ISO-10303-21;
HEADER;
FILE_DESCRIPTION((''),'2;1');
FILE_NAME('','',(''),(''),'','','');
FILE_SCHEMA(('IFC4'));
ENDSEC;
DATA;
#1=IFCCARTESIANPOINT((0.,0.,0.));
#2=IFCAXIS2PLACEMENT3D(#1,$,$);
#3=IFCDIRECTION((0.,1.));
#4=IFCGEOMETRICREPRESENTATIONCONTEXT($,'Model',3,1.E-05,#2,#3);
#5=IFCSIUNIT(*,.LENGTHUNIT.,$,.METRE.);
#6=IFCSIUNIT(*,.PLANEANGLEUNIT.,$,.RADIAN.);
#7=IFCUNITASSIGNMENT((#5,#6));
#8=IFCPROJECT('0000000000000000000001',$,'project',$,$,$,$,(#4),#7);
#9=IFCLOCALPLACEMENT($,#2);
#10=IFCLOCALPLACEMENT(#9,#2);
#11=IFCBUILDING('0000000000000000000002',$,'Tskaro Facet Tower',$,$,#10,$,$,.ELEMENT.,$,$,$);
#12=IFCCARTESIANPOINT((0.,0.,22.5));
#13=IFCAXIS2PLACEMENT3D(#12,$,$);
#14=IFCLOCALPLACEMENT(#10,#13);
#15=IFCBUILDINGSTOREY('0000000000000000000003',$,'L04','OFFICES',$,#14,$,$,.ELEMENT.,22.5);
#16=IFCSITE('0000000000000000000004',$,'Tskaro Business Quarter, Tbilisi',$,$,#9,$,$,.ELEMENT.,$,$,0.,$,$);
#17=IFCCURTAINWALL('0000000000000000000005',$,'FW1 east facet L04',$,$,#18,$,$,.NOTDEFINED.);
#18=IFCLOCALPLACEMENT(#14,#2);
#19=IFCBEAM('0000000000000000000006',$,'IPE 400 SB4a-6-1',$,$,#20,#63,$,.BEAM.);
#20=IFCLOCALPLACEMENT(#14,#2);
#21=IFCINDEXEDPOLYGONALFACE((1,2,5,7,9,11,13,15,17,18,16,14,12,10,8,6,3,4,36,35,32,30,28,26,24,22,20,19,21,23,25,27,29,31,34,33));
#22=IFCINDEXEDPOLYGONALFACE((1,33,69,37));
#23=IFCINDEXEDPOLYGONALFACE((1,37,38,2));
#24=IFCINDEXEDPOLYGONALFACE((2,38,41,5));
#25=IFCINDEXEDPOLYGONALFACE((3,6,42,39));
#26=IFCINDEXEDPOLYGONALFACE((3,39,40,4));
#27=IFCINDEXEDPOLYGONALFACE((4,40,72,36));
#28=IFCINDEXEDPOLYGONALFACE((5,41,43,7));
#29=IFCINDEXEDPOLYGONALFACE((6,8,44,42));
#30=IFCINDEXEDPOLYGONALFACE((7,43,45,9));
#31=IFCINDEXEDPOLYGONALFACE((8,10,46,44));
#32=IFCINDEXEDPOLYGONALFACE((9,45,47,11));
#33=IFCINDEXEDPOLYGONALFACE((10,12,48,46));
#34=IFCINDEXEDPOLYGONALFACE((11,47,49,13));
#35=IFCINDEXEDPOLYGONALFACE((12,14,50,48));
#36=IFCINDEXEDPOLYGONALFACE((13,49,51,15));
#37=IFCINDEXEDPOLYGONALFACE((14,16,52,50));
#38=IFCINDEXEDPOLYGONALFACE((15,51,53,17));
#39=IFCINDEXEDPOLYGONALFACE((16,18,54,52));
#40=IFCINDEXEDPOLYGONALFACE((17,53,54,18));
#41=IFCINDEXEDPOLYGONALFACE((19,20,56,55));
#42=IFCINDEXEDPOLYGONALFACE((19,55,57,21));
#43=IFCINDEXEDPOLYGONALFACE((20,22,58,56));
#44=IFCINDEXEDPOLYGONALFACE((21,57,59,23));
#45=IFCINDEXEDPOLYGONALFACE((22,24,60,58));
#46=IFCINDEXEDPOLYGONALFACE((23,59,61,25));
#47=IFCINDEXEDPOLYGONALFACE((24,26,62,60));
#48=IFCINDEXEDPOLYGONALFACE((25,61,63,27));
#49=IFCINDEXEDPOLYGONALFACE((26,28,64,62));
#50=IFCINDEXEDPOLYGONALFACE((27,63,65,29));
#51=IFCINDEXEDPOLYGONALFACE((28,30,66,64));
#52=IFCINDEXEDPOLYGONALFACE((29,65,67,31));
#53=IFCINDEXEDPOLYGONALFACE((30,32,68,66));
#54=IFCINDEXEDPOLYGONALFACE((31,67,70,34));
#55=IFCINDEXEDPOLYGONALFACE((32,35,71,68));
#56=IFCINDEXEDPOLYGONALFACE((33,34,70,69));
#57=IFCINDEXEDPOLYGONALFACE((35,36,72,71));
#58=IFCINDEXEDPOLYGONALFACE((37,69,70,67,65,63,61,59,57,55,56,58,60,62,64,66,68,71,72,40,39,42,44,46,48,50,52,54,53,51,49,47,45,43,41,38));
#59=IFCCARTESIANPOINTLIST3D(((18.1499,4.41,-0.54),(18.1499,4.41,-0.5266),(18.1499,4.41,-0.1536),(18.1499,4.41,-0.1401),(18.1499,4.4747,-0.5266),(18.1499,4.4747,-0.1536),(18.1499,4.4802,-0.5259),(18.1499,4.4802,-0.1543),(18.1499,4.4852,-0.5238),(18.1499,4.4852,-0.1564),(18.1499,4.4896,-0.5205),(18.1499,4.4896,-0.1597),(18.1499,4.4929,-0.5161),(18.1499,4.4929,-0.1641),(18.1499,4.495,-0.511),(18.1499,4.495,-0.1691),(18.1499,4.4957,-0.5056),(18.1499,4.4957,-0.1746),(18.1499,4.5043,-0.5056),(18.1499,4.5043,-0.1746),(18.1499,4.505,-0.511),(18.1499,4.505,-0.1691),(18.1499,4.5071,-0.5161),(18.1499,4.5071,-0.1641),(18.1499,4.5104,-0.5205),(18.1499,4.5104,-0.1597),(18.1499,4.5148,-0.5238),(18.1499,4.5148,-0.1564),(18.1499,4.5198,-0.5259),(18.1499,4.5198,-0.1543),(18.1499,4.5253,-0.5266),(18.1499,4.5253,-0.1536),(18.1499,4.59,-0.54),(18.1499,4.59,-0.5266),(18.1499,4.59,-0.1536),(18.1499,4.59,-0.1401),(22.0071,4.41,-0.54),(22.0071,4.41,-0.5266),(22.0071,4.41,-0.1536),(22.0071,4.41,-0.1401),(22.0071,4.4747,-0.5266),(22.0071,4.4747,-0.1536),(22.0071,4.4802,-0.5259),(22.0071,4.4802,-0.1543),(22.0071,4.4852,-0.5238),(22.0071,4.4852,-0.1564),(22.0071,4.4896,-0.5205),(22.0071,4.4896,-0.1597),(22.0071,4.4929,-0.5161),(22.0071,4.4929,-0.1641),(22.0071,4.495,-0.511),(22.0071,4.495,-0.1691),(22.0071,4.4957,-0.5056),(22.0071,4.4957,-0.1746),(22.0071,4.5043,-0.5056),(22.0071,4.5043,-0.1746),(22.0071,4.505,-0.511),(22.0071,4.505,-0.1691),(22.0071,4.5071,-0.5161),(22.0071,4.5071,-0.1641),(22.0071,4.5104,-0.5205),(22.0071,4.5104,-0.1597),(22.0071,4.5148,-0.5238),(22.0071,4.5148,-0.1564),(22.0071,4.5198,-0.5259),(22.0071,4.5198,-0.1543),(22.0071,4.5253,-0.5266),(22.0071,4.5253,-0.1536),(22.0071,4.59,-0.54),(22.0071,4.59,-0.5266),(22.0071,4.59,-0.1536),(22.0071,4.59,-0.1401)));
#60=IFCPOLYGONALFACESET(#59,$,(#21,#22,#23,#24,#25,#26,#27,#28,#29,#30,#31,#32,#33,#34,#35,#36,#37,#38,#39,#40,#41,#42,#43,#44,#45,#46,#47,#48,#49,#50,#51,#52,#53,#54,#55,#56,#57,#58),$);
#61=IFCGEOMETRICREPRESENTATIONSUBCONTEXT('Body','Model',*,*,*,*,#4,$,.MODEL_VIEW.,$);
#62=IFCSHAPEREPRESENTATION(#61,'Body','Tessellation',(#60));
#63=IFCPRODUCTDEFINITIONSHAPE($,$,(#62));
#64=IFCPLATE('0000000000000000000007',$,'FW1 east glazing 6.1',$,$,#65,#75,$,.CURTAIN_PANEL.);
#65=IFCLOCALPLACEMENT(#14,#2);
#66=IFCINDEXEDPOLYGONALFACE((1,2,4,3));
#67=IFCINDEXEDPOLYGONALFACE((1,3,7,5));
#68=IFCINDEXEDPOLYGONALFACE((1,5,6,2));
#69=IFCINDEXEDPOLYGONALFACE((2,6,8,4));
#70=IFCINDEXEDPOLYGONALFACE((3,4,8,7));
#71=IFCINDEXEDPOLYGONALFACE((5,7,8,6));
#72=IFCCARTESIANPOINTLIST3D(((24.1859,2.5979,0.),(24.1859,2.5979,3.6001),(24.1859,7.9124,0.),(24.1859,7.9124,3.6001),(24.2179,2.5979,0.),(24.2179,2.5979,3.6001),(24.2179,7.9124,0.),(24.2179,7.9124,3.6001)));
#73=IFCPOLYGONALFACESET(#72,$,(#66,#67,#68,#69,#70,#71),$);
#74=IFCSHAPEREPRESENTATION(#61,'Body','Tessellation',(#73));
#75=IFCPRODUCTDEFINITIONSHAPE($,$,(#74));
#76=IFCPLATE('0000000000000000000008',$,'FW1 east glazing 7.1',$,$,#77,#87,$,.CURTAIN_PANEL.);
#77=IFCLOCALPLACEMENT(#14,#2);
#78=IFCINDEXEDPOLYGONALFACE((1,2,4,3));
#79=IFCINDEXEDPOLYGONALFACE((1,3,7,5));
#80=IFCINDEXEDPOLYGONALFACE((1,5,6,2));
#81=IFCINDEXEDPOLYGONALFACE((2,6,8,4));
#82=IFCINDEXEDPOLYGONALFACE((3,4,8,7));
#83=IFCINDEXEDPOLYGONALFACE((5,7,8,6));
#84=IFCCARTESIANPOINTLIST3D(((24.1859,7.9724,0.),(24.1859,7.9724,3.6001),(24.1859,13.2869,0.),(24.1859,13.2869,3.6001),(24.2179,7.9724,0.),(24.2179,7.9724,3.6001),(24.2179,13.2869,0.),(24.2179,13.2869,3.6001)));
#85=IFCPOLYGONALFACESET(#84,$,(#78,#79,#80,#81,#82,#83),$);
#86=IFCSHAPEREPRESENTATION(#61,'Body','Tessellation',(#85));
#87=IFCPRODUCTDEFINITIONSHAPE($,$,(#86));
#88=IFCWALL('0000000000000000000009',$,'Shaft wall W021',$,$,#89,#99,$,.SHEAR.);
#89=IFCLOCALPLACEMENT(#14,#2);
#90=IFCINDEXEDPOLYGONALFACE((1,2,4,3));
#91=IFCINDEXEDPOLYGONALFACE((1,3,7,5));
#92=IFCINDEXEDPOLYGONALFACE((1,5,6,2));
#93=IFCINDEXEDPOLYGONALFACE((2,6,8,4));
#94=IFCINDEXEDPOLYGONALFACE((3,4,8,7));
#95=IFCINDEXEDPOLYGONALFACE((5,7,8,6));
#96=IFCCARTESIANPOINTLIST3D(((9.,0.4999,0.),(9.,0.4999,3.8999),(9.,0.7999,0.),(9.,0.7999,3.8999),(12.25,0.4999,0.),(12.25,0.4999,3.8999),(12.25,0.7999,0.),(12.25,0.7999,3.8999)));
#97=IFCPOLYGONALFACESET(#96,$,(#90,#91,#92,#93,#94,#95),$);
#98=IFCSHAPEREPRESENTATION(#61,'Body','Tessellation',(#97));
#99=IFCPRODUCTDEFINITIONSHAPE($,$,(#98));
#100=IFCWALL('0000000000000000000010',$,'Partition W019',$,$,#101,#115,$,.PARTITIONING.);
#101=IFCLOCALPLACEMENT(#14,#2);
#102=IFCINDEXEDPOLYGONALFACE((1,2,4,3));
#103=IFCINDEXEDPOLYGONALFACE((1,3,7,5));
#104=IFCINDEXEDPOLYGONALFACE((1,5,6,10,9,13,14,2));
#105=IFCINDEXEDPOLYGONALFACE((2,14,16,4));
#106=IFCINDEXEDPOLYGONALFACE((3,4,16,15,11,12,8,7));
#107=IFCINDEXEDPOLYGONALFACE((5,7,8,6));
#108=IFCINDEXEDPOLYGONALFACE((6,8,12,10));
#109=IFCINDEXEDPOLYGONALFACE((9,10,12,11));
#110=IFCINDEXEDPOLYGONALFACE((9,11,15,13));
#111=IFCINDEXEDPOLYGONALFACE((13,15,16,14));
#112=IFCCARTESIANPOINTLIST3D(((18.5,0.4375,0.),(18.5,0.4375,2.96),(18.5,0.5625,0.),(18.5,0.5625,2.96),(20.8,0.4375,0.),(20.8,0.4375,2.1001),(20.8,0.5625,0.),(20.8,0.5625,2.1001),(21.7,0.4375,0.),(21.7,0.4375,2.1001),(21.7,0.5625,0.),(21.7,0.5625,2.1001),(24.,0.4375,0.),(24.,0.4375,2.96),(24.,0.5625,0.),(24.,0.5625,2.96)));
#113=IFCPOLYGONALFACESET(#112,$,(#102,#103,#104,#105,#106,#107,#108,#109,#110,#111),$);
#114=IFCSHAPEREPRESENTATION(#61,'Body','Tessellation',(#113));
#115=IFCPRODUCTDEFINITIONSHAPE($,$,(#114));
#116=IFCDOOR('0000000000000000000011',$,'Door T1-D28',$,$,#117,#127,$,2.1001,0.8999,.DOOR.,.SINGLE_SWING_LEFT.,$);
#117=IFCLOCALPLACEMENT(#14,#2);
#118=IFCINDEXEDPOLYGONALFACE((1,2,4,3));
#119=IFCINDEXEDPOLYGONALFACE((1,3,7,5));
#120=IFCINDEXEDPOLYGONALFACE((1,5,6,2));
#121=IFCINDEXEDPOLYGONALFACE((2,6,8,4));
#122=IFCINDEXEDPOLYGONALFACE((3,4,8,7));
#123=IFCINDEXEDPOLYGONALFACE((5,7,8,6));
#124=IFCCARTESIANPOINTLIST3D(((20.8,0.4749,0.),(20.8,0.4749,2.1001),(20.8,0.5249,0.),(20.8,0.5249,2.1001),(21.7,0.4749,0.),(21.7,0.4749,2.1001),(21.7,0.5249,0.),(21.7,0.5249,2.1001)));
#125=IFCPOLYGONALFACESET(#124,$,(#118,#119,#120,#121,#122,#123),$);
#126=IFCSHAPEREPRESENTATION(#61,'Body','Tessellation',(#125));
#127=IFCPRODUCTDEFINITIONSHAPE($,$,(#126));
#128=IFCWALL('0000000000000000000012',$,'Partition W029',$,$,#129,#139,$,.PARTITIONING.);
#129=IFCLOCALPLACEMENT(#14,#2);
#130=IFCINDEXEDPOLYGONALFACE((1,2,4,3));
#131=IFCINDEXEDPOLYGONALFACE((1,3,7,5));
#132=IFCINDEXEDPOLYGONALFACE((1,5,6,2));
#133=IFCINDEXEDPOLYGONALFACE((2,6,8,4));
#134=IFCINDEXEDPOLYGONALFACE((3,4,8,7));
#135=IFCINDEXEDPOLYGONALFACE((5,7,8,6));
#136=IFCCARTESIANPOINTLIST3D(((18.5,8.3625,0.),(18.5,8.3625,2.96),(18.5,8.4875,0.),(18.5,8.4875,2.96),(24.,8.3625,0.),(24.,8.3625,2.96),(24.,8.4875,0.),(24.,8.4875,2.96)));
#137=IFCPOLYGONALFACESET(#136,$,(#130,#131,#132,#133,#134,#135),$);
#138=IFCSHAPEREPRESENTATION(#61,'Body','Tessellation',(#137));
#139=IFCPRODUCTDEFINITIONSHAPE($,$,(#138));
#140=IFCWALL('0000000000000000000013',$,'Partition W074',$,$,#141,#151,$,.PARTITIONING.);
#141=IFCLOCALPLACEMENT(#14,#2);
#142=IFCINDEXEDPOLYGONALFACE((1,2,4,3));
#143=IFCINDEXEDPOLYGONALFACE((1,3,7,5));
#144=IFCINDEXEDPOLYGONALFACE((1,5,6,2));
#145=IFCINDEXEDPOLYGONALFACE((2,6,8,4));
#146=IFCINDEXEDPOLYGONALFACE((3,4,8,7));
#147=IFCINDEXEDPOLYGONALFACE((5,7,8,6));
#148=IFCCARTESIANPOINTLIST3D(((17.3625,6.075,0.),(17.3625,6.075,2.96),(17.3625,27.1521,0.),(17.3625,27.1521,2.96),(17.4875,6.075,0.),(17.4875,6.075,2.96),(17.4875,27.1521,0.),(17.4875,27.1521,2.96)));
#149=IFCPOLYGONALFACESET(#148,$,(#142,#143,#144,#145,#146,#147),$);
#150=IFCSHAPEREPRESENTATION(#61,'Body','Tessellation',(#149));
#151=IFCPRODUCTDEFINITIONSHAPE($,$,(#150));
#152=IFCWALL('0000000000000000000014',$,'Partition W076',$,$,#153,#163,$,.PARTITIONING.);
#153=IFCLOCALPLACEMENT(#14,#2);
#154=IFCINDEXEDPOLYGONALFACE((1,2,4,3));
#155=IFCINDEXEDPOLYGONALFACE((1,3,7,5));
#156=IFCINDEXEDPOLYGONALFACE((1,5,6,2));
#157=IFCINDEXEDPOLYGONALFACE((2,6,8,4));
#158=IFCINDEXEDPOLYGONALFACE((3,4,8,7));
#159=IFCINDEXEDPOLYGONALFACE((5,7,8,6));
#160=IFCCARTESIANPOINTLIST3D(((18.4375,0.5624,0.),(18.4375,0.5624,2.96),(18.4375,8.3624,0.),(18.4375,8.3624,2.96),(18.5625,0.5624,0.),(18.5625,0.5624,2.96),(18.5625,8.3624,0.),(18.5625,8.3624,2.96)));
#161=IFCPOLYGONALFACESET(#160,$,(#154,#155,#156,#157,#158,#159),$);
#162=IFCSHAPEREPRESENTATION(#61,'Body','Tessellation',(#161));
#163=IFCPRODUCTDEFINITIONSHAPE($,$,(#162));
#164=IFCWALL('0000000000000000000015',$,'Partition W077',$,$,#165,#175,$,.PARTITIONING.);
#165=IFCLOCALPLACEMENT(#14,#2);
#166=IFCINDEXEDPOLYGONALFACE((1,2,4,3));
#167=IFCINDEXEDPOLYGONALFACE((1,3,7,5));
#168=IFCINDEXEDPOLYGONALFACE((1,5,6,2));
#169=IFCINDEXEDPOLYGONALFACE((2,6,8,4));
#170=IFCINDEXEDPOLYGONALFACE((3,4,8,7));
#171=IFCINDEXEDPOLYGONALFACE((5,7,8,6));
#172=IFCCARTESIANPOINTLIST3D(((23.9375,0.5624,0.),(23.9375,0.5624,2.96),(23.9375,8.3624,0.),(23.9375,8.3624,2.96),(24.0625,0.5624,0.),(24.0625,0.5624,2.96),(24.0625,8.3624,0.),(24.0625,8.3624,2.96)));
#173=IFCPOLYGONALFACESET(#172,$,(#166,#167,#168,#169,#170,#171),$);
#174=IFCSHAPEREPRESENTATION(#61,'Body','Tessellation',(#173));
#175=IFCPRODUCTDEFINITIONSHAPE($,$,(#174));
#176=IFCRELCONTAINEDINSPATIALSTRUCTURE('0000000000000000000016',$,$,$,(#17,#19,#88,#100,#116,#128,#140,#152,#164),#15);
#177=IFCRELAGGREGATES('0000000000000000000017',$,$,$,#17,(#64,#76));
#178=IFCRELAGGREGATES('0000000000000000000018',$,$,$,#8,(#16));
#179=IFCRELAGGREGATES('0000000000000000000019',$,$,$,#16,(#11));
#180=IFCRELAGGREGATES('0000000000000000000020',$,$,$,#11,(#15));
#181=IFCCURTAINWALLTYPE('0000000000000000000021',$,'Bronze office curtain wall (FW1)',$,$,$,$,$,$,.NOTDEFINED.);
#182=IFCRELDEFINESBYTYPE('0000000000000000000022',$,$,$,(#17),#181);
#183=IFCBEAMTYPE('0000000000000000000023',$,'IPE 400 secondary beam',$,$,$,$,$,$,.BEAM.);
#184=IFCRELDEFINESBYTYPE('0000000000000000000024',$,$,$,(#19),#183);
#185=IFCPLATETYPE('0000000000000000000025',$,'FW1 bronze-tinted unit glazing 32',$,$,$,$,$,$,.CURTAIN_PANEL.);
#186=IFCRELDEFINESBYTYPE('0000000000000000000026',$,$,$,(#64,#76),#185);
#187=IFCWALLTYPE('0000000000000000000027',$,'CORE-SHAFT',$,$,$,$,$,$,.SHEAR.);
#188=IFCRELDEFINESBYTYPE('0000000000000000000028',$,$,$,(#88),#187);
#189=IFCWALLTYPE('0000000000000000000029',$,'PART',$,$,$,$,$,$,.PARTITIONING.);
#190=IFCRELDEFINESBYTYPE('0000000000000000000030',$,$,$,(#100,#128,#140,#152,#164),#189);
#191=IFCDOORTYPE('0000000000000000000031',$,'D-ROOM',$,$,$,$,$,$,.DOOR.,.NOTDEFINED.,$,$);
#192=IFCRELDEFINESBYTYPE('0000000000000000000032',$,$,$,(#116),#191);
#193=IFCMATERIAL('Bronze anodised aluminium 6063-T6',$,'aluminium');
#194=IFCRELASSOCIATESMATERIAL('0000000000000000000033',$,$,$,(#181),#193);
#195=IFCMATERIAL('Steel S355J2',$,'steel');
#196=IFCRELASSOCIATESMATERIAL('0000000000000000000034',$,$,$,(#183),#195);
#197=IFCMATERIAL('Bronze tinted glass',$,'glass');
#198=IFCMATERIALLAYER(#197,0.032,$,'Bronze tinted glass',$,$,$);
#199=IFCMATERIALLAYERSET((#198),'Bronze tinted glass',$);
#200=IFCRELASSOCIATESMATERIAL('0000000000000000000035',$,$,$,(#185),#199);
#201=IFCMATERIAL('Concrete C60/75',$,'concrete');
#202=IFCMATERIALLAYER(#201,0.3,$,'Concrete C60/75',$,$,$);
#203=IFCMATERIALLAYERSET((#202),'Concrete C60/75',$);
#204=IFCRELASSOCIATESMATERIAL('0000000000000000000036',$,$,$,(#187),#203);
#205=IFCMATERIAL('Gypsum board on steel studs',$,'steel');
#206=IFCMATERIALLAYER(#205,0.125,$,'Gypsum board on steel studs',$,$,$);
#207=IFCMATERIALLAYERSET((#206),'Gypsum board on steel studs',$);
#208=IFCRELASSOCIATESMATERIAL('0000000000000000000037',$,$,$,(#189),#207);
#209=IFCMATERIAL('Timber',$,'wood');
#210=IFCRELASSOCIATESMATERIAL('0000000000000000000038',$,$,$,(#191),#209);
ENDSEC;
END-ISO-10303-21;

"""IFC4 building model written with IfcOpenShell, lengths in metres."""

from ifc_helpers import new_model, si_unit, direction, frame, frame_2d, origin, origin_2d, place, context, subcontext, project, spatial, rectangle, i_section, extrude, material, layer, layer_set, material_profile, profile_set, type_object, element, fill, aggregate, save


model = new_model("IFC4")

# Units and contexts
model_context = context("Model", 3, precision=1e-05, world=origin(), true_north=direction((0.0, 1.0)))
body_context = subcontext(model_context, "Body", "Model", "MODEL_VIEW")
ifc_project = project(units=[si_unit("LENGTHUNIT", "METRE"), si_unit("PLANEANGLEUNIT", "RADIAN")], contexts=[model_context])

# Site, building, storey
site_placement = place(None, origin())
site = spatial("IfcSite", under=ifc_project, at=site_placement, Name="Tskaro Business Quarter, Tbilisi", CompositionType="ELEMENT", RefElevation=0.0)
building_placement = place(site_placement, origin())
building = spatial("IfcBuilding", under=site, at=building_placement, Name="Tskaro Facet Tower", CompositionType="ELEMENT")
storey_placement = place(building_placement, frame((0.0, 0.0, 22.5)))
storey = spatial("IfcBuildingStorey", under=building, at=storey_placement, Name="L04", Description="OFFICES", CompositionType="ELEMENT", Elevation=22.5)

# Curtain wall
ifc_material_1 = material(Name="Bronze anodised aluminium 6063-T6", Category="aluminium")
curtain_wall_type = type_object("IfcCurtainWallType", Name="Bronze office curtain wall (FW1)", PredefinedType="NOTDEFINED", material=ifc_material_1)
curtain_wall_placement = place(storey_placement, origin())
curtain_wall = element("IfcCurtainWall", 1, at=curtain_wall_placement, inside=storey, type_object=curtain_wall_type, Name="FW1 east facet L04", PredefinedType="NOTDEFINED")

# Beam
ifc_material_2 = material(Name="Steel S355J2", Category="steel")
ifc_material_profile_1 = material_profile(ifc_material_2, i_section(OverallWidth=0.1799, OverallDepth=0.3999, WebThickness=0.0085, FlangeThickness=0.0134, FilletRadius=0.021, at=origin_2d()), Name="IPE 400")
ifc_profile_set_1 = profile_set([ifc_material_profile_1], Name="Steel S355J2")
beam_type_1 = type_object("IfcBeamType", Name="IPE 400 secondary beam", PredefinedType="BEAM", material=ifc_profile_set_1)
beam_placement = place(storey_placement, frame((18.1499, 4.5, -0.3401), z_axis=(1.0, 0.0, 0.0), x_axis=(0.0, 1.0, 0.0)))
element("IfcBeam", 2, at=beam_placement, inside=storey, type_object=beam_type_1, Name="IPE 400 SB4a-6-1", PredefinedType="BEAM", context=body_context, shape_type="SweptSolid", body=[
    extrude(i_section(OverallWidth=0.1799, OverallDepth=0.3999, WebThickness=0.0085, FlangeThickness=0.0134, FilletRadius=0.021, at=origin_2d()), origin(), (0.0, 0.0, 1.0), 3.8572),
])

# Plates
ifc_material_3 = material(Name="Bronze tinted glass", Category="glass")
ifc_layer_1 = layer(ifc_material_3, 0.032, Name="Bronze tinted glass")
ifc_layer_set_1 = layer_set([ifc_layer_1], Name="Bronze tinted glass")
plate_type = type_object("IfcPlateType", Name="FW1 bronze-tinted unit glazing 32", PredefinedType="CURTAIN_PANEL", material=ifc_layer_set_1)
plate_1_placement = place(storey_placement, frame((24.2019, 5.2551, 0.0), z_axis=(0.0, 0.0, 1.0), x_axis=(0.0, 1.0, 0.0)))
plate_1 = element("IfcPlate", 3, at=plate_1_placement, type_object=plate_type, Name="FW1 east glazing 6.1", PredefinedType="CURTAIN_PANEL", context=body_context, shape_type="SweptSolid", body=[
    extrude(rectangle(XDim=5.3145, YDim=0.032, at=origin_2d()), origin(), (0.0, 0.0, 1.0), 3.6001),
])
plate_2_placement = place(storey_placement, frame((24.2019, 10.6296, 0.0), z_axis=(0.0, 0.0, 1.0), x_axis=(0.0, 1.0, 0.0)))
plate_2 = element("IfcPlate", 4, at=plate_2_placement, type_object=plate_type, Name="FW1 east glazing 7.1", PredefinedType="CURTAIN_PANEL", context=body_context, shape_type="SweptSolid", body=[
    extrude(rectangle(XDim=5.3145, YDim=0.032, at=origin_2d()), origin(), (0.0, 0.0, 1.0), 3.6001),
])
aggregate(curtain_wall, [plate_1, plate_2])

# Wall
ifc_material_4 = material(Name="Concrete C60/75", Category="concrete")
ifc_layer_2 = layer(ifc_material_4, 0.3, Name="Concrete C60/75")
ifc_layer_set_2 = layer_set([ifc_layer_2], Name="Concrete C60/75")
wall_type_1 = type_object("IfcWallType", Name="CORE-SHAFT", PredefinedType="SHEAR", material=ifc_layer_set_2)
wall_1_placement = place(storey_placement, frame((12.25, 0.6499, 0.0), z_axis=(0.0, 0.0, 1.0), x_axis=(-1.0, 0.0, 0.0)))
element("IfcWall", 5, at=wall_1_placement, inside=storey, type_object=wall_type_1, Name="Shaft wall W021", PredefinedType="SHEAR", context=body_context, shape_type="SweptSolid", body=[
    extrude(rectangle(XDim=3.25, YDim=0.3, at=frame_2d((1.625, 0.0))), origin(), (0.0, 0.0, 1.0), 3.8999),
])

# Wall, opening, door
ifc_material_5 = material(Name="Gypsum board on steel studs", Category="steel")
ifc_layer_3 = layer(ifc_material_5, 0.125, Name="Gypsum board on steel studs")
ifc_layer_set_3 = layer_set([ifc_layer_3], Name="Gypsum board on steel studs")
wall_type_2 = type_object("IfcWallType", Name="PART", PredefinedType="PARTITIONING", material=ifc_layer_set_3)
wall_2_placement = place(storey_placement, frame((18.5, 0.5, 0.0), z_axis=(0.0, 0.0, 1.0), x_axis=(1.0, 0.0, 0.0)))
wall_2 = element("IfcWall", 6, at=wall_2_placement, inside=storey, type_object=wall_type_2, Name="Partition W019", PredefinedType="PARTITIONING", context=body_context, shape_type="SweptSolid", body=[
    extrude(rectangle(XDim=5.5, YDim=0.125, at=frame_2d((2.75, 0.0))), origin(), (0.0, 0.0, 1.0), 2.96),
])
opening_placement = place(wall_2_placement, frame((2.3, 0.0, 0.0)))
opening = element("IfcOpeningElement", 7, at=opening_placement, cuts=wall_2, PredefinedType="OPENING", context=body_context, shape_type="SweptSolid", body=[
    extrude(rectangle(XDim=0.8999, YDim=2.1001, at=frame_2d((0.45, 1.05))), frame((0.0, 0.0725, 0.0), z_axis=(0.0, -1.0, 0.0), x_axis=(1.0, 0.0, 0.0)), (0.0, 0.0, 1.0), 0.145),
])
ifc_material_6 = material(Name="Timber", Category="wood")
door_type = type_object("IfcDoorType", Name="D-ROOM", OperationType="NOTDEFINED", PredefinedType="DOOR", material=ifc_material_6)
door_placement = place(opening_placement, origin())
door = element("IfcDoor", 8, at=door_placement, inside=storey, type_object=door_type, Name="Door T1-D28", OperationType="SINGLE_SWING_LEFT", OverallHeight=2.1001, OverallWidth=0.8999, PredefinedType="DOOR", context=body_context, shape_type="SweptSolid", body=[
    extrude(rectangle(XDim=0.8999, YDim=2.1001, at=frame_2d((0.45, 1.05))), frame((0.0, 0.0249, 0.0), z_axis=(0.0, -1.0, 0.0), x_axis=(1.0, 0.0, 0.0)), (0.0, 0.0, 1.0), 0.05),
])
fill(opening, door)

# Walls
wall_3_placement = place(storey_placement, frame((18.5, 8.425, 0.0), z_axis=(0.0, 0.0, 1.0), x_axis=(1.0, 0.0, 0.0)))
element("IfcWall", 9, at=wall_3_placement, inside=storey, type_object=wall_type_2, Name="Partition W029", PredefinedType="PARTITIONING", context=body_context, shape_type="SweptSolid", body=[
    extrude(rectangle(XDim=5.5, YDim=0.125, at=frame_2d((2.75, 0.0))), origin(), (0.0, 0.0, 1.0), 2.96),
])
wall_4_placement = place(storey_placement, frame((17.425, 6.075, 0.0), z_axis=(0.0, 0.0, 1.0), x_axis=(0.0, 1.0, 0.0)))
element("IfcWall", 10, at=wall_4_placement, inside=storey, type_object=wall_type_2, Name="Partition W074", PredefinedType="PARTITIONING", context=body_context, shape_type="SweptSolid", body=[
    extrude(rectangle(XDim=21.0771, YDim=0.125, at=frame_2d((10.5386, 0.0))), origin(), (0.0, 0.0, 1.0), 2.96),
])
for number, where, z_axis, x_axis, name in (
    (11, (18.5, 0.5625, 0.0), (0.0, 0.0, 1.0), (0.0, 1.0, 0.0), "Partition W076"),
    (12, (24.0, 0.5625, 0.0), (0.0, 0.0, 1.0), (0.0, 1.0, 0.0), "Partition W077"),
):
    element("IfcWall", number, at=place(storey_placement, frame(where, z_axis=z_axis, x_axis=x_axis)), inside=storey, type_object=wall_type_2, Name=name, PredefinedType="PARTITIONING", context=body_context, shape_type="SweptSolid", body=[
        extrude(rectangle(XDim=7.8, YDim=0.125, at=frame_2d((3.8999, 0.0))), origin(), (0.0, 0.0, 1.0), 2.96),
    ])

save(model, "model.ifc")
